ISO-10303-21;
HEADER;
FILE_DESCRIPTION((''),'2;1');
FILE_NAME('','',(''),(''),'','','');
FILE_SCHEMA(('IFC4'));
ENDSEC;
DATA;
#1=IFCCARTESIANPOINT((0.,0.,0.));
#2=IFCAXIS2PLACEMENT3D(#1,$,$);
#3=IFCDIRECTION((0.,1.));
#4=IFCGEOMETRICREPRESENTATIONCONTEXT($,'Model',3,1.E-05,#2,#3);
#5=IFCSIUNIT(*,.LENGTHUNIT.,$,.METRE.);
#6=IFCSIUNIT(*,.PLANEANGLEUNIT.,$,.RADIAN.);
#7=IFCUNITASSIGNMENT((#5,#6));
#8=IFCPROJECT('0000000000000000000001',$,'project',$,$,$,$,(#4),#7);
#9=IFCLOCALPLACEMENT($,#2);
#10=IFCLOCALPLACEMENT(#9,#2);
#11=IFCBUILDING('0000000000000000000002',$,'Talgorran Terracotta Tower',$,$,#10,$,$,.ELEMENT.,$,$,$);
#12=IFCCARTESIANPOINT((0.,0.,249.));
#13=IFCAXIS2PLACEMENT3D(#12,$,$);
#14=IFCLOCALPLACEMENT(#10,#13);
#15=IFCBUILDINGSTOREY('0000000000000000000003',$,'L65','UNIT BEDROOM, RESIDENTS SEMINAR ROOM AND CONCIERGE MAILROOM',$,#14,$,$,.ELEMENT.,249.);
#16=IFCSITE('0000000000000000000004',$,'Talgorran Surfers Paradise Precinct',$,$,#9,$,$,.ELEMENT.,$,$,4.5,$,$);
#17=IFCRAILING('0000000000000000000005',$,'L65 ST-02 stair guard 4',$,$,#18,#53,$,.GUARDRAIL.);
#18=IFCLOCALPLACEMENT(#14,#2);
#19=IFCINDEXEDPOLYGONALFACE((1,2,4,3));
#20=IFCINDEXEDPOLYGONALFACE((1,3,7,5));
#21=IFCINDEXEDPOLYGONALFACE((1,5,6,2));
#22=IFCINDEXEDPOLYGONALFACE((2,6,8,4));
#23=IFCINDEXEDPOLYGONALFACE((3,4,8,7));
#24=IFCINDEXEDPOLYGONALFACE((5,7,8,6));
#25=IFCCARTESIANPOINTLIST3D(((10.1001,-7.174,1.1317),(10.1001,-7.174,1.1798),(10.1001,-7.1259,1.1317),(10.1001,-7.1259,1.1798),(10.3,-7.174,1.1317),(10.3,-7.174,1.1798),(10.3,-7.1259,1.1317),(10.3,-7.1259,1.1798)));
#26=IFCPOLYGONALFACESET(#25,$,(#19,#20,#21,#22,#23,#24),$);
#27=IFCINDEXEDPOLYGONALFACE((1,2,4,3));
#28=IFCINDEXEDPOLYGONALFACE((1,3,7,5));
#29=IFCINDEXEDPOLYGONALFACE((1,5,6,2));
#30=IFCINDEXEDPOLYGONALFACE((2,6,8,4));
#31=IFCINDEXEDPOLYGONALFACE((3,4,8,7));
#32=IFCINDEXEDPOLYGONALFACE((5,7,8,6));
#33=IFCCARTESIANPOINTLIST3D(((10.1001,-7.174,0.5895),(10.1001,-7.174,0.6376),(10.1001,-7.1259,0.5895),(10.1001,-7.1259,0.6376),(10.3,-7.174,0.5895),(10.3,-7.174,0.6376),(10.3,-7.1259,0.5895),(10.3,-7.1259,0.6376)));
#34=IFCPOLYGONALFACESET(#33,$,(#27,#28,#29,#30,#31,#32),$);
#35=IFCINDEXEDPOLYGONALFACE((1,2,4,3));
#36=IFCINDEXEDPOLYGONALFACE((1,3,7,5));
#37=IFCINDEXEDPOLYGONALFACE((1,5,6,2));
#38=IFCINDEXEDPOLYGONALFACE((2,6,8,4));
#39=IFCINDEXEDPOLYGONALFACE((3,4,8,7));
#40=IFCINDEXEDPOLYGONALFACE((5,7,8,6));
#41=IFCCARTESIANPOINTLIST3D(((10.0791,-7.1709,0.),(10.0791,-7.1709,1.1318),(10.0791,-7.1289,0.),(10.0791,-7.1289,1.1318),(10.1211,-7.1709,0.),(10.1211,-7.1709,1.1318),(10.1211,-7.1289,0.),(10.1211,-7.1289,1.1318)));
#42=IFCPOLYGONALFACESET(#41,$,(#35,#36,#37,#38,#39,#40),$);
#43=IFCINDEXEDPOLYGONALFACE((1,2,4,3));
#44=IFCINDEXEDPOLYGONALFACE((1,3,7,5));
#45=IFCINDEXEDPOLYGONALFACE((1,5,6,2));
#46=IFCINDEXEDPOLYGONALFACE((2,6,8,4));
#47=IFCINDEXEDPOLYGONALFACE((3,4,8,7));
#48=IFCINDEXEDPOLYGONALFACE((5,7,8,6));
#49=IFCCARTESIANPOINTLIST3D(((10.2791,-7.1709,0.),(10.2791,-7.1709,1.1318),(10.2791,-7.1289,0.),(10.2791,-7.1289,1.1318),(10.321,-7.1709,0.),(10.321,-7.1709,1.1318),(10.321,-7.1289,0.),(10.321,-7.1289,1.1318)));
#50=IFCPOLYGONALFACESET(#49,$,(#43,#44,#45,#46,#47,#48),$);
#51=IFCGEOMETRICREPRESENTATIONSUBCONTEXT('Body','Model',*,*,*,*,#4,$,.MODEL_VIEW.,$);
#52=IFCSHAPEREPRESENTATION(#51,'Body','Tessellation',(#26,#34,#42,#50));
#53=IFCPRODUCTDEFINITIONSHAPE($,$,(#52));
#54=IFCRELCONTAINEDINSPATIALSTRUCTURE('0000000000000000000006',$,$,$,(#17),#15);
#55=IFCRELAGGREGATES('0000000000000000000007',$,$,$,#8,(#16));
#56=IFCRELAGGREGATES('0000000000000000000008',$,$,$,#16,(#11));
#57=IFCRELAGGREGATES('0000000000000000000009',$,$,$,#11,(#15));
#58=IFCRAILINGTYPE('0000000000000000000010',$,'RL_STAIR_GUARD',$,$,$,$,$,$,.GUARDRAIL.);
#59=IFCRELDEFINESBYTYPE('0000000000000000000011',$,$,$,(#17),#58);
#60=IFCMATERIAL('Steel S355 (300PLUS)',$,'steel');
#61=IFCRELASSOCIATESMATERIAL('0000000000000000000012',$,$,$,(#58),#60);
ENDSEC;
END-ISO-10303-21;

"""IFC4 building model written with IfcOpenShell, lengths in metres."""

from ifc_helpers import new_model, si_unit, direction, frame, origin, origin_2d, place, context, subcontext, project, spatial, rectangle, extrude, material, type_object, element, save


model = new_model("IFC4")

# Units and contexts
model_context = context("Model", 3, precision=1e-05, world=origin(), true_north=direction((0.0, 1.0)))
body_context = subcontext(model_context, "Body", "Model", "MODEL_VIEW")
ifc_project = project(units=[si_unit("LENGTHUNIT", "METRE"), si_unit("PLANEANGLEUNIT", "RADIAN")], contexts=[model_context])

# Site, building, storey
site_placement = place(None, origin())
site = spatial("IfcSite", under=ifc_project, at=site_placement, Name="Talgorran Surfers Paradise Precinct", CompositionType="ELEMENT", RefElevation=4.5)
building_placement = place(site_placement, origin())
building = spatial("IfcBuilding", under=site, at=building_placement, Name="Talgorran Terracotta Tower", CompositionType="ELEMENT")
storey_placement = place(building_placement, frame((0.0, 0.0, 249.0)))
storey = spatial("IfcBuildingStorey", under=building, at=storey_placement, Name="L65", Description="UNIT BEDROOM, RESIDENTS SEMINAR ROOM AND CONCIERGE MAILROOM", CompositionType="ELEMENT", Elevation=249.0)

# Shared definitions
ifc_material_1 = material(Name="Steel S355 (300PLUS)", Category="steel")

# Railing
railing_type_1 = type_object("IfcRailingType", Name="RL_STAIR_GUARD", PredefinedType="GUARDRAIL", material=ifc_material_1)
railing_1_placement = place(storey_placement, frame((10.1001, -7.1499, 0.0)))
element("IfcRailing", 1, at=railing_1_placement, inside=storey, type_object=railing_type_1, Name="L65 ST-02 stair guard 4", PredefinedType="GUARDRAIL", context=body_context, shape_type="SweptSolid", body=[
    extrude(rectangle(XDim=0.0481, YDim=0.0481, at=origin_2d()), frame((0.0, 0.0, 1.1558), z_axis=(1.0, 0.0, 0.0), x_axis=(0.0, 1.0, 0.0)), (0.0, 0.0, 1.0), 0.2),
    extrude(rectangle(XDim=0.0481, YDim=0.0481, at=origin_2d()), frame((0.0, 0.0, 0.6135), z_axis=(1.0, 0.0, 0.0), x_axis=(0.0, 1.0, 0.0)), (0.0, 0.0, 1.0), 0.2),
    extrude(rectangle(XDim=0.042, YDim=0.042, at=origin_2d()), origin(), (0.0, 0.0, 1.0), 1.1318),
    extrude(rectangle(XDim=0.042, YDim=0.042, at=origin_2d()), frame((0.2, 0.0, 0.0)), (0.0, 0.0, 1.0), 1.1318),
])

save(model, "model.ifc")
